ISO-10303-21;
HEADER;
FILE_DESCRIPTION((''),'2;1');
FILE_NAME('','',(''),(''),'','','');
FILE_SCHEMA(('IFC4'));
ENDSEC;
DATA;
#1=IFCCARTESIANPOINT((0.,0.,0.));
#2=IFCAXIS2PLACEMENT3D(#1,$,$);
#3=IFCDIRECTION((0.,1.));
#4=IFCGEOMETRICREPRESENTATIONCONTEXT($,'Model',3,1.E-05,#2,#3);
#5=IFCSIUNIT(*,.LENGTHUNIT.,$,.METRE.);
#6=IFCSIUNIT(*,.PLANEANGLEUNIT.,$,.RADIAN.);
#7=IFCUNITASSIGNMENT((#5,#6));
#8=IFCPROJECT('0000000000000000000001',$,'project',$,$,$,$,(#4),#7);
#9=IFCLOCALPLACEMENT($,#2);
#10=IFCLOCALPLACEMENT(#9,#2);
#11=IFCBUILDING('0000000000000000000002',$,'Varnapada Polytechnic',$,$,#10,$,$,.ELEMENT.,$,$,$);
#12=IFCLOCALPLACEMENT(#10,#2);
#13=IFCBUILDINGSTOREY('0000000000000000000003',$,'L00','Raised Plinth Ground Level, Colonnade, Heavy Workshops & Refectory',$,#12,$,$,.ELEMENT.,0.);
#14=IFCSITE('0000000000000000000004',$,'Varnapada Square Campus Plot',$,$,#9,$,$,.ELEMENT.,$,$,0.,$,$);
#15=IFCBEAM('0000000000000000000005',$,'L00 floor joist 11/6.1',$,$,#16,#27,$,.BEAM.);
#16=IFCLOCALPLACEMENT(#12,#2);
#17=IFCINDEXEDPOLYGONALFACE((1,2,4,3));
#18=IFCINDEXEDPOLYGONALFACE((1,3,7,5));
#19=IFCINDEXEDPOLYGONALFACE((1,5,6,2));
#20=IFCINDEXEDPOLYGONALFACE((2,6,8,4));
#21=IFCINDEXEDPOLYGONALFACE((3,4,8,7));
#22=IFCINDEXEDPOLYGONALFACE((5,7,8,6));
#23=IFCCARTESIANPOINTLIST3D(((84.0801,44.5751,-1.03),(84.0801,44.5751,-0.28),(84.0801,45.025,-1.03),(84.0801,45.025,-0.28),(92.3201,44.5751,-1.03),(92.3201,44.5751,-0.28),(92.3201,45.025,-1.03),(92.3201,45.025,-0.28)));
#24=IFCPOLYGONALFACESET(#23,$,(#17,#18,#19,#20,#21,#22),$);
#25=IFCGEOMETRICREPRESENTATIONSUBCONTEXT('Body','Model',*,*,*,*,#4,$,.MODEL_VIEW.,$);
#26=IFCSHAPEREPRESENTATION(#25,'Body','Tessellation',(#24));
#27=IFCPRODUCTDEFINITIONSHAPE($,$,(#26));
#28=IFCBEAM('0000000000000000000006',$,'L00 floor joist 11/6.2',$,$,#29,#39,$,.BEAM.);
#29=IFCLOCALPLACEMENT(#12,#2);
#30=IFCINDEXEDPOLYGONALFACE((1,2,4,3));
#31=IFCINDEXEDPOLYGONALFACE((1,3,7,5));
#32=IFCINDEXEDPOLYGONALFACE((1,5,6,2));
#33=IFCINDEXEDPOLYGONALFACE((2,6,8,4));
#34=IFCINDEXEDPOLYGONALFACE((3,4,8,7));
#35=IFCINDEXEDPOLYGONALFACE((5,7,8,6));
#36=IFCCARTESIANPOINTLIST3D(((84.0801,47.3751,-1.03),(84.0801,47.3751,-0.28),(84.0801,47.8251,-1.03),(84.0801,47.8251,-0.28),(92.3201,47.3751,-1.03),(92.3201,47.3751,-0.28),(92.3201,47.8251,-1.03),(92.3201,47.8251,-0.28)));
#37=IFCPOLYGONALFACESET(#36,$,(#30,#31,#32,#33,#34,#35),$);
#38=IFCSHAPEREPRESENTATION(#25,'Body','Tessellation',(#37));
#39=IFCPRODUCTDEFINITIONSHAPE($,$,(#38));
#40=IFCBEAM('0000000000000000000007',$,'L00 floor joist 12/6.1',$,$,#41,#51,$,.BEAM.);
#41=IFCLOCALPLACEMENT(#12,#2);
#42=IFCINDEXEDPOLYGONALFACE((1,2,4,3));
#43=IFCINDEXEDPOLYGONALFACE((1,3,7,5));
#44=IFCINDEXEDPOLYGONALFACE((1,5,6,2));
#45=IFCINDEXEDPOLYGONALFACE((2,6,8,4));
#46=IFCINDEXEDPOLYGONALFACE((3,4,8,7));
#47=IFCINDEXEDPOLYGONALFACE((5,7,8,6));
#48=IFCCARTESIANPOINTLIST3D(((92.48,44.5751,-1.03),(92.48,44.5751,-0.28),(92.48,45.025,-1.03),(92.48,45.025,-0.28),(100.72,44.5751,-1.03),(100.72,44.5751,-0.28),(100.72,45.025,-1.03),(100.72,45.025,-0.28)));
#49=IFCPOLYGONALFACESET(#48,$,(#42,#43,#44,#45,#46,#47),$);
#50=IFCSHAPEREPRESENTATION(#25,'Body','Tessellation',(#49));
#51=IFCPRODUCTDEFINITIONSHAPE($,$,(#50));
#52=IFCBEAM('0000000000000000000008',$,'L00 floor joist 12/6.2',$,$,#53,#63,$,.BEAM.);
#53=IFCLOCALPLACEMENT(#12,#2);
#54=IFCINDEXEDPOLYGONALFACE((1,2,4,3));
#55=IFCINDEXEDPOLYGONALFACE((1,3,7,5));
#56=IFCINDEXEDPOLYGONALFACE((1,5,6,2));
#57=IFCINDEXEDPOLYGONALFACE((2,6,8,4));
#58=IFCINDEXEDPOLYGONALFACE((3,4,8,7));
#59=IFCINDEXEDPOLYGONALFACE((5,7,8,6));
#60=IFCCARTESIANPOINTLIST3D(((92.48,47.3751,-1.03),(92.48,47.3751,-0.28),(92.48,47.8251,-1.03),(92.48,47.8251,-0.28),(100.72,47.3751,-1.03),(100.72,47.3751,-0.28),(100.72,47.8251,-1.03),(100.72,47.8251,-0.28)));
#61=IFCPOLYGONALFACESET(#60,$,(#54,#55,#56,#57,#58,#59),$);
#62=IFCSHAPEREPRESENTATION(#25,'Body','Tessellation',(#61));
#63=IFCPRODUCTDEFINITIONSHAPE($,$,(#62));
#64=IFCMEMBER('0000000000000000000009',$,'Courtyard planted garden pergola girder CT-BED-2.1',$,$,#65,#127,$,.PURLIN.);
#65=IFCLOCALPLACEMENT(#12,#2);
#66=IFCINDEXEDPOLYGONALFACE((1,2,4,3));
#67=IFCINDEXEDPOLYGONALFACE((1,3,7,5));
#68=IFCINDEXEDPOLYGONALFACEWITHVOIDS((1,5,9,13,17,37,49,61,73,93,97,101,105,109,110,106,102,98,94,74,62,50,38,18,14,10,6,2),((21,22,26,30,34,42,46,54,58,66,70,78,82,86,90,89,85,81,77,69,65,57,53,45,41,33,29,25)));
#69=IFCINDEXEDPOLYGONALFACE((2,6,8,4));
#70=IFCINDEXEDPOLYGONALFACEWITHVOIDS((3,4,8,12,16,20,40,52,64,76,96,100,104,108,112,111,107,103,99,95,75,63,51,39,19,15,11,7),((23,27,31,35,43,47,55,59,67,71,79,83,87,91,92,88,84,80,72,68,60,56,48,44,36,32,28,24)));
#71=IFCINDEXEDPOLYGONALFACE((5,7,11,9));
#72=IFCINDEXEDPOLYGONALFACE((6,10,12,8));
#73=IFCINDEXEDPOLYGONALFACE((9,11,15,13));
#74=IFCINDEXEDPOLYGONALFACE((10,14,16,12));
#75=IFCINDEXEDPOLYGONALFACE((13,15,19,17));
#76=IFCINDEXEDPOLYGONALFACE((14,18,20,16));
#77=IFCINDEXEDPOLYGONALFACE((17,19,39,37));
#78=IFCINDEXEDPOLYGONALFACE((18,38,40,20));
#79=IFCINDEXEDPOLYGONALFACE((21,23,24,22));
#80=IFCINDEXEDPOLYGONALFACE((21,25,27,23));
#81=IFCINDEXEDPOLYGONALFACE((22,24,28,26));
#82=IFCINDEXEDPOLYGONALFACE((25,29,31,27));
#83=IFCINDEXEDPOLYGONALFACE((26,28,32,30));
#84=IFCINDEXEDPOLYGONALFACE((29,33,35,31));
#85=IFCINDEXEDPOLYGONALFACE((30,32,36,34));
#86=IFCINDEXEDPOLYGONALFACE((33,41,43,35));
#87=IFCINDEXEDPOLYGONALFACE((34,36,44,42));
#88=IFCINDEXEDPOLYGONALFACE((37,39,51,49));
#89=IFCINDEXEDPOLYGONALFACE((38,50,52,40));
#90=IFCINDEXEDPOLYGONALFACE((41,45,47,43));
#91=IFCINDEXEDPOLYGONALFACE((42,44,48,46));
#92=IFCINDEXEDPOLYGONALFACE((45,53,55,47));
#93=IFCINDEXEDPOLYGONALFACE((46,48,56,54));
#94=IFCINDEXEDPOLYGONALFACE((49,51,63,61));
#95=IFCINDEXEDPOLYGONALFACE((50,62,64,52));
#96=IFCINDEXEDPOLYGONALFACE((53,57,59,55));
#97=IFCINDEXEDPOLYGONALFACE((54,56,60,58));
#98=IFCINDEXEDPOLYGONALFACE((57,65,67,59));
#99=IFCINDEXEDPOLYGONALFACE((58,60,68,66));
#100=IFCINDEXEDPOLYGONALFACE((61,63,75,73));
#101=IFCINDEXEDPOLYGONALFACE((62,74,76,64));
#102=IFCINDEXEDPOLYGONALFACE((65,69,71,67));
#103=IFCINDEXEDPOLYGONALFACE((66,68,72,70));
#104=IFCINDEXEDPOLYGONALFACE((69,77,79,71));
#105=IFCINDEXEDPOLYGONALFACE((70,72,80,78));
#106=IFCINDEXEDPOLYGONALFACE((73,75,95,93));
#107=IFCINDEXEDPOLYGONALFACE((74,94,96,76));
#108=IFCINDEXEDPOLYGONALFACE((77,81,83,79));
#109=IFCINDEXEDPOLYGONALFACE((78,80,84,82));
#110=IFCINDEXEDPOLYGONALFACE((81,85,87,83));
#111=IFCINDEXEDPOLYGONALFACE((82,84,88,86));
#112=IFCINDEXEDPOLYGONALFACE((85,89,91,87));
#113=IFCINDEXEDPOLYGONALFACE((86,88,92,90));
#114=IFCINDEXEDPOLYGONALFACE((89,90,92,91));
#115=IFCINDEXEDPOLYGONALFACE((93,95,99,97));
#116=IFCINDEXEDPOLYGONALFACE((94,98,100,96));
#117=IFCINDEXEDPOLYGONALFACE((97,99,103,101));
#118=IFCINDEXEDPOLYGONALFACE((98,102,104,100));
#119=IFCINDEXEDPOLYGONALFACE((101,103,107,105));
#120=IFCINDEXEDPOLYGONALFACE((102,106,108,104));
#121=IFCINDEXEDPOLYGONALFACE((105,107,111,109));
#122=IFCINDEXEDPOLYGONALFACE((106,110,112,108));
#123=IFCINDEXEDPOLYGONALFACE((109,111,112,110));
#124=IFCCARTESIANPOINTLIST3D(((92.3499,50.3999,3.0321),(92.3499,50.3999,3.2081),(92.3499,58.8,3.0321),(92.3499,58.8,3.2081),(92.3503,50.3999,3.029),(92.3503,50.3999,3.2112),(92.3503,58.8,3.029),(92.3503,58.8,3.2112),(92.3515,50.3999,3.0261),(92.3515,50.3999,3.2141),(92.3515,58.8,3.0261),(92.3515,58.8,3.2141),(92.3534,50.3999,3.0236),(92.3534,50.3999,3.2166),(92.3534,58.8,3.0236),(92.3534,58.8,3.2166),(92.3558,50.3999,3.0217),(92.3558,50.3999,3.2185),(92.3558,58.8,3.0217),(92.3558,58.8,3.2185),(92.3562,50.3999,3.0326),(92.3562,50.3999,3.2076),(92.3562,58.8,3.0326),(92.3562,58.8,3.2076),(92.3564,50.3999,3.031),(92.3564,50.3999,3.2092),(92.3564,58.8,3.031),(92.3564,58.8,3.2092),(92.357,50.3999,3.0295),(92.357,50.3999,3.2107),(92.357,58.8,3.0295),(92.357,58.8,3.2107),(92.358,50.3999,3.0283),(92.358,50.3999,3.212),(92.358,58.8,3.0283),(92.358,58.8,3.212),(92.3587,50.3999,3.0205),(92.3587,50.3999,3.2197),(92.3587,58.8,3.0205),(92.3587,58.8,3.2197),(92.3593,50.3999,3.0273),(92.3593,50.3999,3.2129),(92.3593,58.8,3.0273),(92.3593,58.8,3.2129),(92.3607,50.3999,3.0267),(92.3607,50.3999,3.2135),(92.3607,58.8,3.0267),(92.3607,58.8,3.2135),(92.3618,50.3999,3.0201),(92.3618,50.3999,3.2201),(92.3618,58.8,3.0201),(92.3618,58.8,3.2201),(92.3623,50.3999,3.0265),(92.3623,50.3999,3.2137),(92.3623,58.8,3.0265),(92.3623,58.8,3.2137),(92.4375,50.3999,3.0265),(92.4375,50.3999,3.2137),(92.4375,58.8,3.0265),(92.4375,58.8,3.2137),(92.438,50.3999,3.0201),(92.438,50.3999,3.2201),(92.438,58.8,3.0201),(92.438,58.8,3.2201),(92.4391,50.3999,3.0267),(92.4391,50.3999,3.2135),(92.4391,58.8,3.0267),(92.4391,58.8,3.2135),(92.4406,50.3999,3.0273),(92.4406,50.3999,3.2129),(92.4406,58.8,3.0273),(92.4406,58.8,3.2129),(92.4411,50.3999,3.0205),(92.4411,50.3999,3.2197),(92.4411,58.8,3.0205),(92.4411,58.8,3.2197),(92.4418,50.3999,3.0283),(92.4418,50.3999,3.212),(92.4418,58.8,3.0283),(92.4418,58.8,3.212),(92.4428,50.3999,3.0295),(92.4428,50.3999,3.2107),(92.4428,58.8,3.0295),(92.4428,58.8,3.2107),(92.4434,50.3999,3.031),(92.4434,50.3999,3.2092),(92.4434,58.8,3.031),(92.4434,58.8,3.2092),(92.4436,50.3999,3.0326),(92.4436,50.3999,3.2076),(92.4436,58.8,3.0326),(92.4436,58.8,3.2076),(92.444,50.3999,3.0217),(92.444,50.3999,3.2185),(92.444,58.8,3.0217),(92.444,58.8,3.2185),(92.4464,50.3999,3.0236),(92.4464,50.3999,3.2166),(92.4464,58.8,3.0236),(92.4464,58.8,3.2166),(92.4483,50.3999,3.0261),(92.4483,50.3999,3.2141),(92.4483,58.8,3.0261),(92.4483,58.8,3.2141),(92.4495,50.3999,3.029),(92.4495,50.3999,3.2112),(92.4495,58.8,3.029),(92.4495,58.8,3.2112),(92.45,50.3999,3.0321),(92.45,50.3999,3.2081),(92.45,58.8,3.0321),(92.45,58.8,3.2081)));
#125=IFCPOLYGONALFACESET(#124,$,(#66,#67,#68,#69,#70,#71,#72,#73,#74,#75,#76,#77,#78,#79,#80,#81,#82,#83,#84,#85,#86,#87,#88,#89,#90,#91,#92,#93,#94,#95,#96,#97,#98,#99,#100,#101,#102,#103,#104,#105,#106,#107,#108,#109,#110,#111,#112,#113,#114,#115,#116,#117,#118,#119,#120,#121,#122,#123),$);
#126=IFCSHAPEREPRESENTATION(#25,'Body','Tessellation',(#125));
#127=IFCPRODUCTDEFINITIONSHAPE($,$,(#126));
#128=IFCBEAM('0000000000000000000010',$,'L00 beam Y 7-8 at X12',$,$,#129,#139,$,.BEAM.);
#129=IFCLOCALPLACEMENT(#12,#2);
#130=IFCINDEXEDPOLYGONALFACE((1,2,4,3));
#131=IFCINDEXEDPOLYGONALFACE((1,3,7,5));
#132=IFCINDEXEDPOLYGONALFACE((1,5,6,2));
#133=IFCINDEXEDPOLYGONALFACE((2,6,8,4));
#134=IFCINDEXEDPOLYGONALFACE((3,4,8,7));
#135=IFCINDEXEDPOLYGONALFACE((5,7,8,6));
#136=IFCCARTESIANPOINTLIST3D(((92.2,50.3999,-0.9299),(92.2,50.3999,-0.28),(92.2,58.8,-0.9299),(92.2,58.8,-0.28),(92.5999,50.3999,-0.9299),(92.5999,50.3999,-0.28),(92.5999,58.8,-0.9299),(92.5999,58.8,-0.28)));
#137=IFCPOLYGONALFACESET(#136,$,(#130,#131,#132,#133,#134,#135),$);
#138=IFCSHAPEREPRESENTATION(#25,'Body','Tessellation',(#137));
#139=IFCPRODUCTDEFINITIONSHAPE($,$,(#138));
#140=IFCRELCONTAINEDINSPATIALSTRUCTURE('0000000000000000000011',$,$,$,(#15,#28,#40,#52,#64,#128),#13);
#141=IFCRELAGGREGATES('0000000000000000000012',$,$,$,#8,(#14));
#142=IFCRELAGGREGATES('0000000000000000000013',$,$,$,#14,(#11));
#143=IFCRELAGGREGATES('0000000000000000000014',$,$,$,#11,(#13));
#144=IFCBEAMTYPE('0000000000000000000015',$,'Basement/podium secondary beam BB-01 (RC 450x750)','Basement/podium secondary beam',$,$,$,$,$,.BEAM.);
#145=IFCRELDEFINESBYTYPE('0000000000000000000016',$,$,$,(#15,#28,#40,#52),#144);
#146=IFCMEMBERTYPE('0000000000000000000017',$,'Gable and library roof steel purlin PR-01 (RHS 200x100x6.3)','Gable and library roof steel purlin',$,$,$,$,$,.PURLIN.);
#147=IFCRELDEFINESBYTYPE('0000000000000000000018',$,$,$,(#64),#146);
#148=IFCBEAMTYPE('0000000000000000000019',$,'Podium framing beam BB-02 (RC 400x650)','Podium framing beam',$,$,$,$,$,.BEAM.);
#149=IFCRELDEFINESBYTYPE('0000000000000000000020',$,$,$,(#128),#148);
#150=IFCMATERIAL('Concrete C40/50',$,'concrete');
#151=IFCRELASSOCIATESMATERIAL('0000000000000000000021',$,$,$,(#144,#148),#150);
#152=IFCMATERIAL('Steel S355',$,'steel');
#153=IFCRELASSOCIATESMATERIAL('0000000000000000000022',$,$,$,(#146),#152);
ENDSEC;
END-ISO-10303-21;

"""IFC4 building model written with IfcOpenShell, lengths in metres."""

from ifc_helpers import new_model, si_unit, direction, frame, origin, origin_2d, place, context, subcontext, project, spatial, rectangle, hollow_rectangle, extrude, material, material_profile, profile_set, type_object, element, save


model = new_model("IFC4")

# Units and contexts
model_context = context("Model", 3, precision=1e-05, world=origin(), true_north=direction((0.0, 1.0)))
body_context = subcontext(model_context, "Body", "Model", "MODEL_VIEW")
ifc_project = project(units=[si_unit("LENGTHUNIT", "METRE"), si_unit("PLANEANGLEUNIT", "RADIAN")], contexts=[model_context])

# Site, building, storey
site_placement = place(None, origin())
site = spatial("IfcSite", under=ifc_project, at=site_placement, Name="Varnapada Square Campus Plot", CompositionType="ELEMENT", RefElevation=0.0)
building_placement = place(site_placement, origin())
building = spatial("IfcBuilding", under=site, at=building_placement, Name="Varnapada Polytechnic", CompositionType="ELEMENT")
storey_placement = place(building_placement, origin())
storey = spatial("IfcBuildingStorey", under=building, at=storey_placement, Name="L00", Description="Raised Plinth Ground Level, Colonnade, Heavy Workshops & Refectory", CompositionType="ELEMENT", Elevation=0.0)

# Beams
ifc_material_1 = material(Name="Concrete C40/50", Category="concrete")
ifc_material_profile_1 = material_profile(ifc_material_1, rectangle(XDim=0.45, YDim=0.75, at=origin_2d()), Name="RC 450x750")
ifc_profile_set_1 = profile_set([ifc_material_profile_1], Name="Concrete C40/50")
beam_type_1 = type_object("IfcBeamType", Name="Basement/podium secondary beam BB-01 (RC 450x750)", Description="Basement/podium secondary beam", PredefinedType="BEAM", material=ifc_profile_set_1)
for number, where, z_axis, x_axis, name in (
    (1, (84.0801, 44.8, -0.655), (1.0, 0.0, 0.0), (0.0, 1.0, 0.0), "L00 floor joist 11/6.1"),
    (2, (84.0801, 47.6001, -0.655), (1.0, 0.0, 0.0), (0.0, 1.0, 0.0), "L00 floor joist 11/6.2"),
    (3, (92.48, 44.8, -0.655), (1.0, 0.0, 0.0), (0.0, 1.0, 0.0), "L00 floor joist 12/6.1"),
    (4, (92.48, 47.6001, -0.655), (1.0, 0.0, 0.0), (0.0, 1.0, 0.0), "L00 floor joist 12/6.2"),
):
    element("IfcBeam", number, at=place(storey_placement, frame(where, z_axis=z_axis, x_axis=x_axis)), inside=storey, type_object=beam_type_1, Name=name, PredefinedType="BEAM", context=body_context, shape_type="SweptSolid", body=[
        extrude(rectangle(XDim=0.45, YDim=0.75, at=origin_2d()), origin(), (0.0, 0.0, 1.0), 8.24),
    ])

# Member
ifc_material_2 = material(Name="Steel S355", Category="steel")
ifc_material_profile_2 = material_profile(ifc_material_2, hollow_rectangle(XDim=0.1001, YDim=0.2, WallThickness=0.0063, InnerFilletRadius=0.0061, OuterFilletRadius=0.012, at=origin_2d()), Name="RHS 200x100x6.3")
ifc_profile_set_2 = profile_set([ifc_material_profile_2], Name="Steel S355")
member_type_1 = type_object("IfcMemberType", Name="Gable and library roof steel purlin PR-01 (RHS 200x100x6.3)", Description="Gable and library roof steel purlin", PredefinedType="PURLIN", material=ifc_profile_set_2)
member_1_placement = place(storey_placement, frame((92.3999, 50.3999, 3.1201), z_axis=(0.0, 1.0, 0.0), x_axis=(-1.0, 0.0, 0.0)))
element("IfcMember", 5, at=member_1_placement, inside=storey, type_object=member_type_1, Name="Courtyard planted garden pergola girder CT-BED-2.1", PredefinedType="PURLIN", context=body_context, shape_type="SweptSolid", body=[
    extrude(hollow_rectangle(XDim=0.1001, YDim=0.2, WallThickness=0.0063, InnerFilletRadius=0.0061, OuterFilletRadius=0.012, at=origin_2d()), origin(), (0.0, 0.0, 1.0), 8.4001),
])

# Beam
ifc_material_profile_3 = material_profile(ifc_material_1, rectangle(XDim=0.3999, YDim=0.6499, at=origin_2d()), Name="RC 400x650")
ifc_profile_set_3 = profile_set([ifc_material_profile_3], Name="Concrete C40/50")
beam_type_2 = type_object("IfcBeamType", Name="Podium framing beam BB-02 (RC 400x650)", Description="Podium framing beam", PredefinedType="BEAM", material=ifc_profile_set_3)
beam_1_placement = place(storey_placement, frame((92.3999, 50.3999, -0.605), z_axis=(0.0, 1.0, 0.0), x_axis=(-1.0, 0.0, 0.0)))
element("IfcBeam", 6, at=beam_1_placement, inside=storey, type_object=beam_type_2, Name="L00 beam Y 7-8 at X12", PredefinedType="BEAM", context=body_context, shape_type="SweptSolid", body=[
    extrude(rectangle(XDim=0.3999, YDim=0.6499, at=origin_2d()), origin(), (0.0, 0.0, 1.0), 8.4001),
])

save(model, "model.ifc")
